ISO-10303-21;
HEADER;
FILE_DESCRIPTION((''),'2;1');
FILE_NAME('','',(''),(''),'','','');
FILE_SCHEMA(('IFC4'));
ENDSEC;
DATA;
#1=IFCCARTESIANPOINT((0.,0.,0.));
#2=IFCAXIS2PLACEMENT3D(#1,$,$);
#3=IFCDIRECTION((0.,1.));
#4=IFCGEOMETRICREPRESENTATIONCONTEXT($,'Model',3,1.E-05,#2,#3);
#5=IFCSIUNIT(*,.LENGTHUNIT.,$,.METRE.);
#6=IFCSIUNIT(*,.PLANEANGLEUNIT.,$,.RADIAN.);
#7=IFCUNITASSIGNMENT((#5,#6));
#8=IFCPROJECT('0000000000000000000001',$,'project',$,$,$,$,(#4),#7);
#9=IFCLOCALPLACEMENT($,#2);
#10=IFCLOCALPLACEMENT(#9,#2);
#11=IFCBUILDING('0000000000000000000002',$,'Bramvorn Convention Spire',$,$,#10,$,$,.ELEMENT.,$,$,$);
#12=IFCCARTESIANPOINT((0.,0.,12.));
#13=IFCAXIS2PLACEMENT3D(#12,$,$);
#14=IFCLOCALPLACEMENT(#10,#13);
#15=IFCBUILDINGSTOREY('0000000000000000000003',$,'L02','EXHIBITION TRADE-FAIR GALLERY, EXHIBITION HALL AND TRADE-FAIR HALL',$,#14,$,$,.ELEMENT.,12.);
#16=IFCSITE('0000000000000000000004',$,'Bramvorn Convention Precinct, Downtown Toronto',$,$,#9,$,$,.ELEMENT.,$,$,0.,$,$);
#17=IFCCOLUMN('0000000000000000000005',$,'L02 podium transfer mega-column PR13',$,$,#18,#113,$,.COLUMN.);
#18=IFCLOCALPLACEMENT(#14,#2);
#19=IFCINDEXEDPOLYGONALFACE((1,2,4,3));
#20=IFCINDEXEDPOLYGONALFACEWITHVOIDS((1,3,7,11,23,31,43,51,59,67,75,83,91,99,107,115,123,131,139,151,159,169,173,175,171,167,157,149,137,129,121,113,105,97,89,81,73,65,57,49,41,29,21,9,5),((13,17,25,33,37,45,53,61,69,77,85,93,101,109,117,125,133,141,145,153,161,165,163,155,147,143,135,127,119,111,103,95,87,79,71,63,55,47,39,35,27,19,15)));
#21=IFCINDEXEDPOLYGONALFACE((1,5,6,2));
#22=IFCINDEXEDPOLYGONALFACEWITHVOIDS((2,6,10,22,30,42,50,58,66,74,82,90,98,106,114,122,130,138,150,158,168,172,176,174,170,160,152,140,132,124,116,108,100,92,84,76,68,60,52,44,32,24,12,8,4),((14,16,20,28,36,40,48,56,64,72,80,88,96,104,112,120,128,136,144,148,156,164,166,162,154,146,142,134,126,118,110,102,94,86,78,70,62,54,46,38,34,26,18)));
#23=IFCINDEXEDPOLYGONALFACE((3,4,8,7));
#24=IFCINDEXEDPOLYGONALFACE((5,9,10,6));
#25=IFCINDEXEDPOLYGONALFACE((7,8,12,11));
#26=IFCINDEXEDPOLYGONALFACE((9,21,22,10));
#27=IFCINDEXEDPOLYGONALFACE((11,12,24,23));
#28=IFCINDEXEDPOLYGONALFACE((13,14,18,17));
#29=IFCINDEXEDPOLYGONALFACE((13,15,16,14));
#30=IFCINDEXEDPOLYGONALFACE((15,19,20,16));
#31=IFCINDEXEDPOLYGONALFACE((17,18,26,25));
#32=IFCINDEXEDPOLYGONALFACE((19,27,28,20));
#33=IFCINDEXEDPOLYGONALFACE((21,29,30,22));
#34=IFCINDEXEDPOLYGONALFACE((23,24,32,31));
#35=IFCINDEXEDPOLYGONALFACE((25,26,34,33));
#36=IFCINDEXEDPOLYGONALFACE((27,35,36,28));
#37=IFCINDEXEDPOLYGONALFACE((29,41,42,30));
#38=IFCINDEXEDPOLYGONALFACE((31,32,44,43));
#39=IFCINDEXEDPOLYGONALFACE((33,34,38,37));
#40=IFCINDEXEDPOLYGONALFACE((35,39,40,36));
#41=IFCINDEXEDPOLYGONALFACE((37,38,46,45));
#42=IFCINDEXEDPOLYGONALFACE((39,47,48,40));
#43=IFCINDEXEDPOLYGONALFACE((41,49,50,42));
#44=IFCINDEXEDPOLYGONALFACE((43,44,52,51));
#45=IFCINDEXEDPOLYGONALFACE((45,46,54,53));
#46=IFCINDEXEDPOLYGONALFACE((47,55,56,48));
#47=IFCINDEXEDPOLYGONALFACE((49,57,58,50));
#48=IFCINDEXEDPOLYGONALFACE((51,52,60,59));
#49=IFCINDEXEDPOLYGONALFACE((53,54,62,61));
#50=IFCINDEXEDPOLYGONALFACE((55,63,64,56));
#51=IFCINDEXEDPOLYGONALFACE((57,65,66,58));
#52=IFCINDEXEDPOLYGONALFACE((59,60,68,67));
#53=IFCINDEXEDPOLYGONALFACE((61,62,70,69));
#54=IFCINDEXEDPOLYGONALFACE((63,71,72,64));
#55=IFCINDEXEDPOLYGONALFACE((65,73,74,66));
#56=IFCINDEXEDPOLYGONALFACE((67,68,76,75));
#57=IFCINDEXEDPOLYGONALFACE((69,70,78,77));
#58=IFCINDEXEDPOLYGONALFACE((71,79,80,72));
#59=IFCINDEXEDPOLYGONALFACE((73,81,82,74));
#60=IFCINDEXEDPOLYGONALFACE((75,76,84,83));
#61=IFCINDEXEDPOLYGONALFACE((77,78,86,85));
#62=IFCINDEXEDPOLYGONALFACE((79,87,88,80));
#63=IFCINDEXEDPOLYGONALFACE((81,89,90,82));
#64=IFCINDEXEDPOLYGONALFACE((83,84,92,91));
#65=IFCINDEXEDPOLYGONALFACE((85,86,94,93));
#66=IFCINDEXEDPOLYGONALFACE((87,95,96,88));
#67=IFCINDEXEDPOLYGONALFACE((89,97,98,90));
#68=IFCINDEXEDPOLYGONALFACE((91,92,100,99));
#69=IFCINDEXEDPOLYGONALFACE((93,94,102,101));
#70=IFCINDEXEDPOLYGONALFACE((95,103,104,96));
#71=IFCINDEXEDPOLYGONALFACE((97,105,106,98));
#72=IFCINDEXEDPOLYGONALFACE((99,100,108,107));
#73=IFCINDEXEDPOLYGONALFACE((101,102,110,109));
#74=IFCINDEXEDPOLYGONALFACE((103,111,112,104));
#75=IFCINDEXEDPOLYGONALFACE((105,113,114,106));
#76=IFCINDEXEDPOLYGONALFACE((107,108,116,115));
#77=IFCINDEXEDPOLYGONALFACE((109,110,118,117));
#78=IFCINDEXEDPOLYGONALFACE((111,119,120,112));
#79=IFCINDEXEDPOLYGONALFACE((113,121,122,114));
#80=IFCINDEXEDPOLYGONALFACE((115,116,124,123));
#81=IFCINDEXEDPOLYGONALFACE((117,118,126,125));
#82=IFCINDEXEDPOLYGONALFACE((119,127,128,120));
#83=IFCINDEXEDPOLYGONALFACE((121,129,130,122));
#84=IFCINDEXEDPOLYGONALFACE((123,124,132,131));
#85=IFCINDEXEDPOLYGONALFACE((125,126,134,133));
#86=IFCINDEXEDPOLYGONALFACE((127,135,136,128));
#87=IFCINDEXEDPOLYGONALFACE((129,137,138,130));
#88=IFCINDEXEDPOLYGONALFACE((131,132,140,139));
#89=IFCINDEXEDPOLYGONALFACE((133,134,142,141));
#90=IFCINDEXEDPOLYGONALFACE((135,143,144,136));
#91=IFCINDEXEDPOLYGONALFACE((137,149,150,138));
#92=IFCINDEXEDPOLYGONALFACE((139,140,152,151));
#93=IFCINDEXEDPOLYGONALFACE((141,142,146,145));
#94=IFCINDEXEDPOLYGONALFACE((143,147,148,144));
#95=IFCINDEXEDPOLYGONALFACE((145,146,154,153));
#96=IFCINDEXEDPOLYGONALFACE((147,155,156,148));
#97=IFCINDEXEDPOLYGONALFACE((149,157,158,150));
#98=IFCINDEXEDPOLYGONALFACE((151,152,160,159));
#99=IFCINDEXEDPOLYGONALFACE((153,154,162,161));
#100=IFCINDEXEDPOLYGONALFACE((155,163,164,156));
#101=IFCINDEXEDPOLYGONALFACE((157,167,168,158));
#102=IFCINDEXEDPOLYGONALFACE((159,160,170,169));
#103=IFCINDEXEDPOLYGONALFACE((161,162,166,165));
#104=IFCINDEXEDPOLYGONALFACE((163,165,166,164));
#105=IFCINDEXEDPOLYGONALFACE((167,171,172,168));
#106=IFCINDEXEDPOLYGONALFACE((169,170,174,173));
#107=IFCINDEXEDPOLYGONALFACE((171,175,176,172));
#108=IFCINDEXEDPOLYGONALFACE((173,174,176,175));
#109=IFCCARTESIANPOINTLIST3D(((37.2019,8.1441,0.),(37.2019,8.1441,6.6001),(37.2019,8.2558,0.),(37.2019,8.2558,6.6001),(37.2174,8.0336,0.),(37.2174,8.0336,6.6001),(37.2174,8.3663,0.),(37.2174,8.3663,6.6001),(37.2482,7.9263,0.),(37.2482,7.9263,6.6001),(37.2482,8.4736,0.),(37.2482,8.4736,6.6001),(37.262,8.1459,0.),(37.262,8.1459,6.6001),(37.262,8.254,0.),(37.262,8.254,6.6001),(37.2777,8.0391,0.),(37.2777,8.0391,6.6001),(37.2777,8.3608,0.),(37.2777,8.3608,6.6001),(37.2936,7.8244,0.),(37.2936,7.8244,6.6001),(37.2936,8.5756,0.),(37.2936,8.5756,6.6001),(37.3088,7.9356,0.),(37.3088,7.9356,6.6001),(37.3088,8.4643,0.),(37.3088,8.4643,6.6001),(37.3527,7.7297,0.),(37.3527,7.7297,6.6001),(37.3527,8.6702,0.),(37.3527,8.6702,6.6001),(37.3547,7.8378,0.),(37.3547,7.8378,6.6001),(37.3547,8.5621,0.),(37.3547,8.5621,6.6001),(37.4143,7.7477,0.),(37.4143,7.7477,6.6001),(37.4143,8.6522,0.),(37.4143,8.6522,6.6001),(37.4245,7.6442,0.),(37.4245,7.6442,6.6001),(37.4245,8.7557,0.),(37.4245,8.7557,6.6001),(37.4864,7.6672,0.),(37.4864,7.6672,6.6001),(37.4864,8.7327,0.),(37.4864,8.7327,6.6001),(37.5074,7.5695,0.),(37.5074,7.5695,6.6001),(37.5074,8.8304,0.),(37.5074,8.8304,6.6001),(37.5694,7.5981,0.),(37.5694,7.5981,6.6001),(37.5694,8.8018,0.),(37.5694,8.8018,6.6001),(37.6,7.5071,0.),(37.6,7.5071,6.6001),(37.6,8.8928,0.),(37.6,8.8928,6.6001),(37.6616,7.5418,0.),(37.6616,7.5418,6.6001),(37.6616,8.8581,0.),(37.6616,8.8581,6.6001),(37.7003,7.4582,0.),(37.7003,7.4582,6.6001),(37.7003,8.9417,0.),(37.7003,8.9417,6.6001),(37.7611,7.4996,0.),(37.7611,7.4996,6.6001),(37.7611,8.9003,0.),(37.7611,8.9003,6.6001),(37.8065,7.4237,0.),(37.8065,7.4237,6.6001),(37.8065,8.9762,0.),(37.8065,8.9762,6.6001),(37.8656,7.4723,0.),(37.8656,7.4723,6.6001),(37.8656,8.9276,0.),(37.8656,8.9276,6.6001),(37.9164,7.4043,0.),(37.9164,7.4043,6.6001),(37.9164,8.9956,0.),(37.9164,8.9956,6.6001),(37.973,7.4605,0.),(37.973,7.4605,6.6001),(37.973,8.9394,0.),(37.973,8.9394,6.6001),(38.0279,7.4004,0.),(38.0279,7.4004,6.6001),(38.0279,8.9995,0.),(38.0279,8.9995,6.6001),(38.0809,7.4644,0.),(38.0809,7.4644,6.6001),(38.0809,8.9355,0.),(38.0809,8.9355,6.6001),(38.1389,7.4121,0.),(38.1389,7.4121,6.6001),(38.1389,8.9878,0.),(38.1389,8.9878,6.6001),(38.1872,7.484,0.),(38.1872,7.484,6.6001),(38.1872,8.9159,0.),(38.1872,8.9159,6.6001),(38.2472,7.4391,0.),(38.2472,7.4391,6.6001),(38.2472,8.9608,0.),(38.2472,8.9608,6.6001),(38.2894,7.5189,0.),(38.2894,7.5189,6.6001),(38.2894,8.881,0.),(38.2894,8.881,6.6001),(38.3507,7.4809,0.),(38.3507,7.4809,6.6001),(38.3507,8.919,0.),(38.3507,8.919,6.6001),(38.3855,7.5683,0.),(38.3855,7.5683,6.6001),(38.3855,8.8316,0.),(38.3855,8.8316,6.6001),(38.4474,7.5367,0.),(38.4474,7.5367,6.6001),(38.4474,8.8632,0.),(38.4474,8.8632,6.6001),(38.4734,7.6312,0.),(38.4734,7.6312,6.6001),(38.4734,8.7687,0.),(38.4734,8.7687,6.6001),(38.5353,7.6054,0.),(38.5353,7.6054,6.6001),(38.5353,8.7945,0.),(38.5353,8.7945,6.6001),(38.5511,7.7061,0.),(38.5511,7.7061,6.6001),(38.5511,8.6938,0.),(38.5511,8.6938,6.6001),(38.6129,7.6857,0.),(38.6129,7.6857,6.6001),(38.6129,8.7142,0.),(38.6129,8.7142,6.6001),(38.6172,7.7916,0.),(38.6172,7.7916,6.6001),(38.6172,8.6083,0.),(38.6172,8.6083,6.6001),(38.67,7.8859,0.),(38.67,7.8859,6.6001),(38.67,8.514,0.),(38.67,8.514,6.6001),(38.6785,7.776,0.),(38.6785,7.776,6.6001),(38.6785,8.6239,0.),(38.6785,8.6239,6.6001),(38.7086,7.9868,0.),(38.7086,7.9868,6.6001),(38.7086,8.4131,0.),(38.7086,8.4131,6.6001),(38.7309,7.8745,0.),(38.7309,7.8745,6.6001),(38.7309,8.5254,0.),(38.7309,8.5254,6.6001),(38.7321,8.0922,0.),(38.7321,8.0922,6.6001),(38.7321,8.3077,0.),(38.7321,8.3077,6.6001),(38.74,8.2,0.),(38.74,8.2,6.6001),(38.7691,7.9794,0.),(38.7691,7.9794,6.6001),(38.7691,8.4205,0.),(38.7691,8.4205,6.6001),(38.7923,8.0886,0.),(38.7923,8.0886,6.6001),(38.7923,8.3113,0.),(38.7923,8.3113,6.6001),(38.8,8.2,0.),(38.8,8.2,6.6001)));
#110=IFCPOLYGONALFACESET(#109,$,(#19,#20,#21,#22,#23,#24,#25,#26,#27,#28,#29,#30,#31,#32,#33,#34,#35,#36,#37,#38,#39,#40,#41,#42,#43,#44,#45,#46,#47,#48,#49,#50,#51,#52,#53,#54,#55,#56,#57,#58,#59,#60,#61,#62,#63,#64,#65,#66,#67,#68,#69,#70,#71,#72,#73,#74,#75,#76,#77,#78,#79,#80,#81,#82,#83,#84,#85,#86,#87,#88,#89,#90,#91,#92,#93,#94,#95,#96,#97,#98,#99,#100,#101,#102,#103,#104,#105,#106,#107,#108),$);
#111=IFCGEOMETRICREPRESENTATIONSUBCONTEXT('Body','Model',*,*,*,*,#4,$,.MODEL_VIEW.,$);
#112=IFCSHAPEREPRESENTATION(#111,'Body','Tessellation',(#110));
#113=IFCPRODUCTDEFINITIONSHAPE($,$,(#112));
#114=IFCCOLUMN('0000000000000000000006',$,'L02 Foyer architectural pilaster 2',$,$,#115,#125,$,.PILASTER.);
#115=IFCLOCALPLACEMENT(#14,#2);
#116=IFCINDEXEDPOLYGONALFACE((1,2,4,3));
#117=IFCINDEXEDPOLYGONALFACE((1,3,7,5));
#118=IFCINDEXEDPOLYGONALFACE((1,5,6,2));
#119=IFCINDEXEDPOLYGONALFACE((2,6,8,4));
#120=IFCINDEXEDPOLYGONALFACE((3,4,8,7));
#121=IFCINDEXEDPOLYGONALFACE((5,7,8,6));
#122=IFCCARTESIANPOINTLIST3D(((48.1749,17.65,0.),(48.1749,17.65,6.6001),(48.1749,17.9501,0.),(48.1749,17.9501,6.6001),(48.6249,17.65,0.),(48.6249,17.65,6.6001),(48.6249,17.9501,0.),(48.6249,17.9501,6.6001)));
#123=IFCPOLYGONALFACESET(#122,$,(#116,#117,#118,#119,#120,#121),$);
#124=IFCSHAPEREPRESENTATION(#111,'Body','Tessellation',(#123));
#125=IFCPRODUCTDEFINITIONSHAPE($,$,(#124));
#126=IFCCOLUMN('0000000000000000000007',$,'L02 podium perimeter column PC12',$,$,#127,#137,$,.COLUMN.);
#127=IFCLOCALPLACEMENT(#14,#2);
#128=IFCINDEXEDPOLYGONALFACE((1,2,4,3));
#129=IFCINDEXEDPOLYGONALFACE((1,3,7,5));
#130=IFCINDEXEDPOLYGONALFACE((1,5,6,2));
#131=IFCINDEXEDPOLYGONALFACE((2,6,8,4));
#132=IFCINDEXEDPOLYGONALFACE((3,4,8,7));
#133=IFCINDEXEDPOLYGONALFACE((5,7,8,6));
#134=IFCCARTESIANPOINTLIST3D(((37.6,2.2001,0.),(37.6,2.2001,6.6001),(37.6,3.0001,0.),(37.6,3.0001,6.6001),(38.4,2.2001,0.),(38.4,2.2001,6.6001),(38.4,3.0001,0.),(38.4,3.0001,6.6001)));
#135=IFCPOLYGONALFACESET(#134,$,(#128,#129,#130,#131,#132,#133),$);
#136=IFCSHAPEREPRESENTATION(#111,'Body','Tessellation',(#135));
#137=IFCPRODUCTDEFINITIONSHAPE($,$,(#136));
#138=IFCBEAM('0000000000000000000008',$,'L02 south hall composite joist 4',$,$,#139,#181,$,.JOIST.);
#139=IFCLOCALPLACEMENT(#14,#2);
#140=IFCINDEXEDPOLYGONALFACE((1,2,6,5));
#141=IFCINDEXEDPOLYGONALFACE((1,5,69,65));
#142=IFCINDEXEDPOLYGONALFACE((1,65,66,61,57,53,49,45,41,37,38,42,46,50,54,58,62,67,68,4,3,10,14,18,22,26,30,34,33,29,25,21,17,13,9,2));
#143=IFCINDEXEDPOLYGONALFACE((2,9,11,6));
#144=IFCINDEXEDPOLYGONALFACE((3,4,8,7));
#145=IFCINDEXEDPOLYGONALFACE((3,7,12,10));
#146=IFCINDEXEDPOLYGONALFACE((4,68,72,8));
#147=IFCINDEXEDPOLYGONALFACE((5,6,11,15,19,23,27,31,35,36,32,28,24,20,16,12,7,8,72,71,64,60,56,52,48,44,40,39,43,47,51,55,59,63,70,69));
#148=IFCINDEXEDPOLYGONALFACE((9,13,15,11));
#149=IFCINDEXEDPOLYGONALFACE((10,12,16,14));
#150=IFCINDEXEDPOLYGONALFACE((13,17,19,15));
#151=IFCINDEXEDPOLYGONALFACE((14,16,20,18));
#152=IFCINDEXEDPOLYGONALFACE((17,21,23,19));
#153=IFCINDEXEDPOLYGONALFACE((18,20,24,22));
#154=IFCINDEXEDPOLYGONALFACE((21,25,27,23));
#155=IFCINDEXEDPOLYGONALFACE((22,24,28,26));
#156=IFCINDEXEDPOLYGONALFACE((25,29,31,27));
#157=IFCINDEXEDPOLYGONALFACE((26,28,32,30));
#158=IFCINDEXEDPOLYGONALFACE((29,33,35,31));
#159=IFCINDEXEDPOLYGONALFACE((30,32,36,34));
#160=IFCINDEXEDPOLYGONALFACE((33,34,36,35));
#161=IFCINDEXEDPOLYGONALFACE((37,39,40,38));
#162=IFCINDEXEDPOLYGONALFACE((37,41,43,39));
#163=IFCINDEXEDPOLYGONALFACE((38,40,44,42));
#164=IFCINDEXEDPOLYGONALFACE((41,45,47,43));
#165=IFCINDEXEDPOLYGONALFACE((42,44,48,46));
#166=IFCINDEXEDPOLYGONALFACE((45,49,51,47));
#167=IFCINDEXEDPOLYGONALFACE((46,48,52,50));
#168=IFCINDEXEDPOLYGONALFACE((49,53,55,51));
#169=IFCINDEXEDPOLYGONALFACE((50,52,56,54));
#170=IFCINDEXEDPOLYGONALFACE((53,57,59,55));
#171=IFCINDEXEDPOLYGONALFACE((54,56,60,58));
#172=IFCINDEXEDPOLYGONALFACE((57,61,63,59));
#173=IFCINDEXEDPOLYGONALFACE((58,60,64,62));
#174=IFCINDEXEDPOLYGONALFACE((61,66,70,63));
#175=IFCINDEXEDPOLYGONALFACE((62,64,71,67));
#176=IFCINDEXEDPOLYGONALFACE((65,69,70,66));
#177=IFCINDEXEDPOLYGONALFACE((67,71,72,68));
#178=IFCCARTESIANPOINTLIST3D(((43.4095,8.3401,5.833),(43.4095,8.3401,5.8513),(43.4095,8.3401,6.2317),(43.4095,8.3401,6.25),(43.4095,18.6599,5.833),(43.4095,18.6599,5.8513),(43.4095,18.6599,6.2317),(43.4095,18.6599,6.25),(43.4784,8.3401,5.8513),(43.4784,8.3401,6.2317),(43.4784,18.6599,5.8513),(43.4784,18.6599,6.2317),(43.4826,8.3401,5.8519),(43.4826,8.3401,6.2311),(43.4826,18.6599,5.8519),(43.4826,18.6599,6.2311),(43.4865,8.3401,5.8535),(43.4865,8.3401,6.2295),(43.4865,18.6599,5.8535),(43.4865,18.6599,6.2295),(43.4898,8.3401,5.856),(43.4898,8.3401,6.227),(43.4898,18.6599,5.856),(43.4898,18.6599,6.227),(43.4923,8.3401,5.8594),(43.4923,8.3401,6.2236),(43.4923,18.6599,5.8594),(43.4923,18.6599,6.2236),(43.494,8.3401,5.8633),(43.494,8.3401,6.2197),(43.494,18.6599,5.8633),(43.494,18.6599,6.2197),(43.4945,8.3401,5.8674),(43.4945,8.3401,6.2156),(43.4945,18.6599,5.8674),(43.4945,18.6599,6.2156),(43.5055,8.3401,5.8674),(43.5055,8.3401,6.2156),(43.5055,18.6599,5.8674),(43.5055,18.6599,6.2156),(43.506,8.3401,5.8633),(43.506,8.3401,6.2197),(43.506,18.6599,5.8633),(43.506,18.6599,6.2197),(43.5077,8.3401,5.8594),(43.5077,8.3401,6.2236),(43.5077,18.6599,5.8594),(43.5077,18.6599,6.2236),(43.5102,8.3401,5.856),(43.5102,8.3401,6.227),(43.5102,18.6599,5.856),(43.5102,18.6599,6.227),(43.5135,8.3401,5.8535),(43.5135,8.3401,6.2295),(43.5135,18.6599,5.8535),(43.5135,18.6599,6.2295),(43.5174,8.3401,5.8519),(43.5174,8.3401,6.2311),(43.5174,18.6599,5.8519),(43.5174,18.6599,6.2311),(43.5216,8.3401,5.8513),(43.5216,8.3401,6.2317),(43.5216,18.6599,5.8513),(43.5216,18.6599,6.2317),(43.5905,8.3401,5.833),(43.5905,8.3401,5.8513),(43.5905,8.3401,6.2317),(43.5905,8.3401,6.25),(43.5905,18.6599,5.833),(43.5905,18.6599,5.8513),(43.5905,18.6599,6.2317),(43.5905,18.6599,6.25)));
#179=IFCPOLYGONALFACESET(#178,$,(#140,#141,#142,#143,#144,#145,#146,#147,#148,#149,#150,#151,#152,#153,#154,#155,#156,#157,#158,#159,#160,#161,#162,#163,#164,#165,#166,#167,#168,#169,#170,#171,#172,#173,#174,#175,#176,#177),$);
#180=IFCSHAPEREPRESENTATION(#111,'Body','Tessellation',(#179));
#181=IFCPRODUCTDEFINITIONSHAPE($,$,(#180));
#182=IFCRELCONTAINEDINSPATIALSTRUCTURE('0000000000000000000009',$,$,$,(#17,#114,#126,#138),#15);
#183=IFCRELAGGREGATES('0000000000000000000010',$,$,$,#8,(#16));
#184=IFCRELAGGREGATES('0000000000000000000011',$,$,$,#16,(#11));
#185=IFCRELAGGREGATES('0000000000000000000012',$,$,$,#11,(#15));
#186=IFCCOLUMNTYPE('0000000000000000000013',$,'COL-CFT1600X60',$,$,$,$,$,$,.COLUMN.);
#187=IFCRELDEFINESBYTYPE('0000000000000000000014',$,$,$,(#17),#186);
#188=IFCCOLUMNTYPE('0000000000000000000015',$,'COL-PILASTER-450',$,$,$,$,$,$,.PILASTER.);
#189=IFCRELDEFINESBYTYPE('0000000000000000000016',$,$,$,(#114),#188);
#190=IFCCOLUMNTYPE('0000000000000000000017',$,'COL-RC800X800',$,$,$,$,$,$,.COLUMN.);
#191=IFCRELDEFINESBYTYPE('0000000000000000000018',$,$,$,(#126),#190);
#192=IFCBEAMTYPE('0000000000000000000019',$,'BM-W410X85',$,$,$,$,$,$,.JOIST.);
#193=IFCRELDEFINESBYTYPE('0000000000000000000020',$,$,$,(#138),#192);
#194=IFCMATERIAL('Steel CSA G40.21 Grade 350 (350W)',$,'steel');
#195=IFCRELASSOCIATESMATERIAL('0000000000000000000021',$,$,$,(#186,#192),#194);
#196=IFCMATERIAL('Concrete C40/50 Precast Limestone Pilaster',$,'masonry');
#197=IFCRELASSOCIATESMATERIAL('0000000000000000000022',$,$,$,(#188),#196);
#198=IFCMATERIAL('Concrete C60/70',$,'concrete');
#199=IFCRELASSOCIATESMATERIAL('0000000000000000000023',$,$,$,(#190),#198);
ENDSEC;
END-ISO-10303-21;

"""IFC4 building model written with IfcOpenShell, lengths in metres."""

from ifc_helpers import new_model, si_unit, direction, frame, origin, origin_2d, place, context, subcontext, project, spatial, rectangle, hollow_circle, i_section, extrude, material, material_profile, profile_set, type_object, element, save


model = new_model("IFC4")

# Units and contexts
model_context = context("Model", 3, precision=1e-05, world=origin(), true_north=direction((0.0, 1.0)))
body_context = subcontext(model_context, "Body", "Model", "MODEL_VIEW")
ifc_project = project(units=[si_unit("LENGTHUNIT", "METRE"), si_unit("PLANEANGLEUNIT", "RADIAN")], contexts=[model_context])

# Site, building, storey
site_placement = place(None, origin())
site = spatial("IfcSite", under=ifc_project, at=site_placement, Name="Bramvorn Convention Precinct, Downtown Toronto", CompositionType="ELEMENT", RefElevation=0.0)
building_placement = place(site_placement, origin())
building = spatial("IfcBuilding", under=site, at=building_placement, Name="Bramvorn Convention Spire", CompositionType="ELEMENT")
storey_placement = place(building_placement, frame((0.0, 0.0, 12.0)))
storey = spatial("IfcBuildingStorey", under=building, at=storey_placement, Name="L02", Description="EXHIBITION TRADE-FAIR GALLERY, EXHIBITION HALL AND TRADE-FAIR HALL", CompositionType="ELEMENT", Elevation=12.0)

# Columns
ifc_material_1 = material(Name="Steel CSA G40.21 Grade 350 (350W)", Category="steel")
ifc_material_profile_1 = material_profile(ifc_material_1, hollow_circle(Radius=0.8, WallThickness=0.0601, at=origin_2d()))
ifc_profile_set_1 = profile_set([ifc_material_profile_1], Name="Steel CSA G40.21 Grade 350 (350W) - CFT1600X60")
column_type_1 = type_object("IfcColumnType", Name="COL-CFT1600X60", PredefinedType="COLUMN", material=ifc_profile_set_1)
column_1_placement = place(storey_placement, frame((38.0, 8.2, 0.0), z_axis=(0.0, 0.0, 1.0), x_axis=(1.0, 0.0, 0.0)))
element("IfcColumn", 1, at=column_1_placement, inside=storey, type_object=column_type_1, Name="L02 podium transfer mega-column PR13", PredefinedType="COLUMN", context=body_context, shape_type="SweptSolid", body=[
    extrude(hollow_circle(Radius=0.8, WallThickness=0.0601, at=origin_2d()), origin(), (0.0, 0.0, 1.0), 6.6001),
])
ifc_material_2 = material(Name="Concrete C40/50 Precast Limestone Pilaster", Category="masonry")
ifc_material_profile_2 = material_profile(ifc_material_2, rectangle(XDim=0.45, YDim=0.3, at=origin_2d()))
ifc_profile_set_2 = profile_set([ifc_material_profile_2], Name="Concrete C40/50 Precast Limestone Pilaster - PILASTER450X300")
column_type_2 = type_object("IfcColumnType", Name="COL-PILASTER-450", PredefinedType="PILASTER", material=ifc_profile_set_2)
column_2_placement = place(storey_placement, frame((48.3999, 17.8, 0.0), z_axis=(0.0, 0.0, 1.0), x_axis=(1.0, 0.0, 0.0)))
element("IfcColumn", 2, at=column_2_placement, inside=storey, type_object=column_type_2, Name="L02 Foyer architectural pilaster 2", PredefinedType="PILASTER", context=body_context, shape_type="SweptSolid", body=[
    extrude(rectangle(XDim=0.45, YDim=0.3, at=origin_2d()), origin(), (0.0, 0.0, 1.0), 6.6001),
])
ifc_material_3 = material(Name="Concrete C60/70", Category="concrete")
ifc_material_profile_3 = material_profile(ifc_material_3, rectangle(XDim=0.8, YDim=0.8, at=origin_2d()))
ifc_profile_set_3 = profile_set([ifc_material_profile_3], Name="Concrete C60/70 - RC800X800")
column_type_3 = type_object("IfcColumnType", Name="COL-RC800X800", PredefinedType="COLUMN", material=ifc_profile_set_3)
column_3_placement = place(storey_placement, frame((38.0, 2.6001, 0.0), z_axis=(0.0, 0.0, 1.0), x_axis=(1.0, 0.0, 0.0)))
element("IfcColumn", 3, at=column_3_placement, inside=storey, type_object=column_type_3, Name="L02 podium perimeter column PC12", PredefinedType="COLUMN", context=body_context, shape_type="SweptSolid", body=[
    extrude(rectangle(XDim=0.8, YDim=0.8, at=origin_2d()), origin(), (0.0, 0.0, 1.0), 6.6001),
])

# Beam
ifc_material_profile_4 = material_profile(ifc_material_1, i_section(OverallWidth=0.1809, OverallDepth=0.417, WebThickness=0.011, FlangeThickness=0.0183, FilletRadius=0.0161, at=origin_2d()))
ifc_profile_set_4 = profile_set([ifc_material_profile_4], Name="Steel CSA G40.21 Grade 350 (350W) - W410X85")
beam_type_1 = type_object("IfcBeamType", Name="BM-W410X85", PredefinedType="JOIST", material=ifc_profile_set_4)
beam_1_placement = place(storey_placement, frame((43.5, 8.3401, 6.0415), z_axis=(0.0, 1.0, 0.0), x_axis=(-1.0, 0.0, 0.0)))
element("IfcBeam", 4, at=beam_1_placement, inside=storey, type_object=beam_type_1, Name="L02 south hall composite joist 4", PredefinedType="JOIST", context=body_context, shape_type="SweptSolid", body=[
    extrude(i_section(OverallWidth=0.1809, OverallDepth=0.417, WebThickness=0.011, FlangeThickness=0.0183, FilletRadius=0.0161, at=origin_2d()), origin(), (0.0, 0.0, 1.0), 10.3198),
])

save(model, "model.ifc")
